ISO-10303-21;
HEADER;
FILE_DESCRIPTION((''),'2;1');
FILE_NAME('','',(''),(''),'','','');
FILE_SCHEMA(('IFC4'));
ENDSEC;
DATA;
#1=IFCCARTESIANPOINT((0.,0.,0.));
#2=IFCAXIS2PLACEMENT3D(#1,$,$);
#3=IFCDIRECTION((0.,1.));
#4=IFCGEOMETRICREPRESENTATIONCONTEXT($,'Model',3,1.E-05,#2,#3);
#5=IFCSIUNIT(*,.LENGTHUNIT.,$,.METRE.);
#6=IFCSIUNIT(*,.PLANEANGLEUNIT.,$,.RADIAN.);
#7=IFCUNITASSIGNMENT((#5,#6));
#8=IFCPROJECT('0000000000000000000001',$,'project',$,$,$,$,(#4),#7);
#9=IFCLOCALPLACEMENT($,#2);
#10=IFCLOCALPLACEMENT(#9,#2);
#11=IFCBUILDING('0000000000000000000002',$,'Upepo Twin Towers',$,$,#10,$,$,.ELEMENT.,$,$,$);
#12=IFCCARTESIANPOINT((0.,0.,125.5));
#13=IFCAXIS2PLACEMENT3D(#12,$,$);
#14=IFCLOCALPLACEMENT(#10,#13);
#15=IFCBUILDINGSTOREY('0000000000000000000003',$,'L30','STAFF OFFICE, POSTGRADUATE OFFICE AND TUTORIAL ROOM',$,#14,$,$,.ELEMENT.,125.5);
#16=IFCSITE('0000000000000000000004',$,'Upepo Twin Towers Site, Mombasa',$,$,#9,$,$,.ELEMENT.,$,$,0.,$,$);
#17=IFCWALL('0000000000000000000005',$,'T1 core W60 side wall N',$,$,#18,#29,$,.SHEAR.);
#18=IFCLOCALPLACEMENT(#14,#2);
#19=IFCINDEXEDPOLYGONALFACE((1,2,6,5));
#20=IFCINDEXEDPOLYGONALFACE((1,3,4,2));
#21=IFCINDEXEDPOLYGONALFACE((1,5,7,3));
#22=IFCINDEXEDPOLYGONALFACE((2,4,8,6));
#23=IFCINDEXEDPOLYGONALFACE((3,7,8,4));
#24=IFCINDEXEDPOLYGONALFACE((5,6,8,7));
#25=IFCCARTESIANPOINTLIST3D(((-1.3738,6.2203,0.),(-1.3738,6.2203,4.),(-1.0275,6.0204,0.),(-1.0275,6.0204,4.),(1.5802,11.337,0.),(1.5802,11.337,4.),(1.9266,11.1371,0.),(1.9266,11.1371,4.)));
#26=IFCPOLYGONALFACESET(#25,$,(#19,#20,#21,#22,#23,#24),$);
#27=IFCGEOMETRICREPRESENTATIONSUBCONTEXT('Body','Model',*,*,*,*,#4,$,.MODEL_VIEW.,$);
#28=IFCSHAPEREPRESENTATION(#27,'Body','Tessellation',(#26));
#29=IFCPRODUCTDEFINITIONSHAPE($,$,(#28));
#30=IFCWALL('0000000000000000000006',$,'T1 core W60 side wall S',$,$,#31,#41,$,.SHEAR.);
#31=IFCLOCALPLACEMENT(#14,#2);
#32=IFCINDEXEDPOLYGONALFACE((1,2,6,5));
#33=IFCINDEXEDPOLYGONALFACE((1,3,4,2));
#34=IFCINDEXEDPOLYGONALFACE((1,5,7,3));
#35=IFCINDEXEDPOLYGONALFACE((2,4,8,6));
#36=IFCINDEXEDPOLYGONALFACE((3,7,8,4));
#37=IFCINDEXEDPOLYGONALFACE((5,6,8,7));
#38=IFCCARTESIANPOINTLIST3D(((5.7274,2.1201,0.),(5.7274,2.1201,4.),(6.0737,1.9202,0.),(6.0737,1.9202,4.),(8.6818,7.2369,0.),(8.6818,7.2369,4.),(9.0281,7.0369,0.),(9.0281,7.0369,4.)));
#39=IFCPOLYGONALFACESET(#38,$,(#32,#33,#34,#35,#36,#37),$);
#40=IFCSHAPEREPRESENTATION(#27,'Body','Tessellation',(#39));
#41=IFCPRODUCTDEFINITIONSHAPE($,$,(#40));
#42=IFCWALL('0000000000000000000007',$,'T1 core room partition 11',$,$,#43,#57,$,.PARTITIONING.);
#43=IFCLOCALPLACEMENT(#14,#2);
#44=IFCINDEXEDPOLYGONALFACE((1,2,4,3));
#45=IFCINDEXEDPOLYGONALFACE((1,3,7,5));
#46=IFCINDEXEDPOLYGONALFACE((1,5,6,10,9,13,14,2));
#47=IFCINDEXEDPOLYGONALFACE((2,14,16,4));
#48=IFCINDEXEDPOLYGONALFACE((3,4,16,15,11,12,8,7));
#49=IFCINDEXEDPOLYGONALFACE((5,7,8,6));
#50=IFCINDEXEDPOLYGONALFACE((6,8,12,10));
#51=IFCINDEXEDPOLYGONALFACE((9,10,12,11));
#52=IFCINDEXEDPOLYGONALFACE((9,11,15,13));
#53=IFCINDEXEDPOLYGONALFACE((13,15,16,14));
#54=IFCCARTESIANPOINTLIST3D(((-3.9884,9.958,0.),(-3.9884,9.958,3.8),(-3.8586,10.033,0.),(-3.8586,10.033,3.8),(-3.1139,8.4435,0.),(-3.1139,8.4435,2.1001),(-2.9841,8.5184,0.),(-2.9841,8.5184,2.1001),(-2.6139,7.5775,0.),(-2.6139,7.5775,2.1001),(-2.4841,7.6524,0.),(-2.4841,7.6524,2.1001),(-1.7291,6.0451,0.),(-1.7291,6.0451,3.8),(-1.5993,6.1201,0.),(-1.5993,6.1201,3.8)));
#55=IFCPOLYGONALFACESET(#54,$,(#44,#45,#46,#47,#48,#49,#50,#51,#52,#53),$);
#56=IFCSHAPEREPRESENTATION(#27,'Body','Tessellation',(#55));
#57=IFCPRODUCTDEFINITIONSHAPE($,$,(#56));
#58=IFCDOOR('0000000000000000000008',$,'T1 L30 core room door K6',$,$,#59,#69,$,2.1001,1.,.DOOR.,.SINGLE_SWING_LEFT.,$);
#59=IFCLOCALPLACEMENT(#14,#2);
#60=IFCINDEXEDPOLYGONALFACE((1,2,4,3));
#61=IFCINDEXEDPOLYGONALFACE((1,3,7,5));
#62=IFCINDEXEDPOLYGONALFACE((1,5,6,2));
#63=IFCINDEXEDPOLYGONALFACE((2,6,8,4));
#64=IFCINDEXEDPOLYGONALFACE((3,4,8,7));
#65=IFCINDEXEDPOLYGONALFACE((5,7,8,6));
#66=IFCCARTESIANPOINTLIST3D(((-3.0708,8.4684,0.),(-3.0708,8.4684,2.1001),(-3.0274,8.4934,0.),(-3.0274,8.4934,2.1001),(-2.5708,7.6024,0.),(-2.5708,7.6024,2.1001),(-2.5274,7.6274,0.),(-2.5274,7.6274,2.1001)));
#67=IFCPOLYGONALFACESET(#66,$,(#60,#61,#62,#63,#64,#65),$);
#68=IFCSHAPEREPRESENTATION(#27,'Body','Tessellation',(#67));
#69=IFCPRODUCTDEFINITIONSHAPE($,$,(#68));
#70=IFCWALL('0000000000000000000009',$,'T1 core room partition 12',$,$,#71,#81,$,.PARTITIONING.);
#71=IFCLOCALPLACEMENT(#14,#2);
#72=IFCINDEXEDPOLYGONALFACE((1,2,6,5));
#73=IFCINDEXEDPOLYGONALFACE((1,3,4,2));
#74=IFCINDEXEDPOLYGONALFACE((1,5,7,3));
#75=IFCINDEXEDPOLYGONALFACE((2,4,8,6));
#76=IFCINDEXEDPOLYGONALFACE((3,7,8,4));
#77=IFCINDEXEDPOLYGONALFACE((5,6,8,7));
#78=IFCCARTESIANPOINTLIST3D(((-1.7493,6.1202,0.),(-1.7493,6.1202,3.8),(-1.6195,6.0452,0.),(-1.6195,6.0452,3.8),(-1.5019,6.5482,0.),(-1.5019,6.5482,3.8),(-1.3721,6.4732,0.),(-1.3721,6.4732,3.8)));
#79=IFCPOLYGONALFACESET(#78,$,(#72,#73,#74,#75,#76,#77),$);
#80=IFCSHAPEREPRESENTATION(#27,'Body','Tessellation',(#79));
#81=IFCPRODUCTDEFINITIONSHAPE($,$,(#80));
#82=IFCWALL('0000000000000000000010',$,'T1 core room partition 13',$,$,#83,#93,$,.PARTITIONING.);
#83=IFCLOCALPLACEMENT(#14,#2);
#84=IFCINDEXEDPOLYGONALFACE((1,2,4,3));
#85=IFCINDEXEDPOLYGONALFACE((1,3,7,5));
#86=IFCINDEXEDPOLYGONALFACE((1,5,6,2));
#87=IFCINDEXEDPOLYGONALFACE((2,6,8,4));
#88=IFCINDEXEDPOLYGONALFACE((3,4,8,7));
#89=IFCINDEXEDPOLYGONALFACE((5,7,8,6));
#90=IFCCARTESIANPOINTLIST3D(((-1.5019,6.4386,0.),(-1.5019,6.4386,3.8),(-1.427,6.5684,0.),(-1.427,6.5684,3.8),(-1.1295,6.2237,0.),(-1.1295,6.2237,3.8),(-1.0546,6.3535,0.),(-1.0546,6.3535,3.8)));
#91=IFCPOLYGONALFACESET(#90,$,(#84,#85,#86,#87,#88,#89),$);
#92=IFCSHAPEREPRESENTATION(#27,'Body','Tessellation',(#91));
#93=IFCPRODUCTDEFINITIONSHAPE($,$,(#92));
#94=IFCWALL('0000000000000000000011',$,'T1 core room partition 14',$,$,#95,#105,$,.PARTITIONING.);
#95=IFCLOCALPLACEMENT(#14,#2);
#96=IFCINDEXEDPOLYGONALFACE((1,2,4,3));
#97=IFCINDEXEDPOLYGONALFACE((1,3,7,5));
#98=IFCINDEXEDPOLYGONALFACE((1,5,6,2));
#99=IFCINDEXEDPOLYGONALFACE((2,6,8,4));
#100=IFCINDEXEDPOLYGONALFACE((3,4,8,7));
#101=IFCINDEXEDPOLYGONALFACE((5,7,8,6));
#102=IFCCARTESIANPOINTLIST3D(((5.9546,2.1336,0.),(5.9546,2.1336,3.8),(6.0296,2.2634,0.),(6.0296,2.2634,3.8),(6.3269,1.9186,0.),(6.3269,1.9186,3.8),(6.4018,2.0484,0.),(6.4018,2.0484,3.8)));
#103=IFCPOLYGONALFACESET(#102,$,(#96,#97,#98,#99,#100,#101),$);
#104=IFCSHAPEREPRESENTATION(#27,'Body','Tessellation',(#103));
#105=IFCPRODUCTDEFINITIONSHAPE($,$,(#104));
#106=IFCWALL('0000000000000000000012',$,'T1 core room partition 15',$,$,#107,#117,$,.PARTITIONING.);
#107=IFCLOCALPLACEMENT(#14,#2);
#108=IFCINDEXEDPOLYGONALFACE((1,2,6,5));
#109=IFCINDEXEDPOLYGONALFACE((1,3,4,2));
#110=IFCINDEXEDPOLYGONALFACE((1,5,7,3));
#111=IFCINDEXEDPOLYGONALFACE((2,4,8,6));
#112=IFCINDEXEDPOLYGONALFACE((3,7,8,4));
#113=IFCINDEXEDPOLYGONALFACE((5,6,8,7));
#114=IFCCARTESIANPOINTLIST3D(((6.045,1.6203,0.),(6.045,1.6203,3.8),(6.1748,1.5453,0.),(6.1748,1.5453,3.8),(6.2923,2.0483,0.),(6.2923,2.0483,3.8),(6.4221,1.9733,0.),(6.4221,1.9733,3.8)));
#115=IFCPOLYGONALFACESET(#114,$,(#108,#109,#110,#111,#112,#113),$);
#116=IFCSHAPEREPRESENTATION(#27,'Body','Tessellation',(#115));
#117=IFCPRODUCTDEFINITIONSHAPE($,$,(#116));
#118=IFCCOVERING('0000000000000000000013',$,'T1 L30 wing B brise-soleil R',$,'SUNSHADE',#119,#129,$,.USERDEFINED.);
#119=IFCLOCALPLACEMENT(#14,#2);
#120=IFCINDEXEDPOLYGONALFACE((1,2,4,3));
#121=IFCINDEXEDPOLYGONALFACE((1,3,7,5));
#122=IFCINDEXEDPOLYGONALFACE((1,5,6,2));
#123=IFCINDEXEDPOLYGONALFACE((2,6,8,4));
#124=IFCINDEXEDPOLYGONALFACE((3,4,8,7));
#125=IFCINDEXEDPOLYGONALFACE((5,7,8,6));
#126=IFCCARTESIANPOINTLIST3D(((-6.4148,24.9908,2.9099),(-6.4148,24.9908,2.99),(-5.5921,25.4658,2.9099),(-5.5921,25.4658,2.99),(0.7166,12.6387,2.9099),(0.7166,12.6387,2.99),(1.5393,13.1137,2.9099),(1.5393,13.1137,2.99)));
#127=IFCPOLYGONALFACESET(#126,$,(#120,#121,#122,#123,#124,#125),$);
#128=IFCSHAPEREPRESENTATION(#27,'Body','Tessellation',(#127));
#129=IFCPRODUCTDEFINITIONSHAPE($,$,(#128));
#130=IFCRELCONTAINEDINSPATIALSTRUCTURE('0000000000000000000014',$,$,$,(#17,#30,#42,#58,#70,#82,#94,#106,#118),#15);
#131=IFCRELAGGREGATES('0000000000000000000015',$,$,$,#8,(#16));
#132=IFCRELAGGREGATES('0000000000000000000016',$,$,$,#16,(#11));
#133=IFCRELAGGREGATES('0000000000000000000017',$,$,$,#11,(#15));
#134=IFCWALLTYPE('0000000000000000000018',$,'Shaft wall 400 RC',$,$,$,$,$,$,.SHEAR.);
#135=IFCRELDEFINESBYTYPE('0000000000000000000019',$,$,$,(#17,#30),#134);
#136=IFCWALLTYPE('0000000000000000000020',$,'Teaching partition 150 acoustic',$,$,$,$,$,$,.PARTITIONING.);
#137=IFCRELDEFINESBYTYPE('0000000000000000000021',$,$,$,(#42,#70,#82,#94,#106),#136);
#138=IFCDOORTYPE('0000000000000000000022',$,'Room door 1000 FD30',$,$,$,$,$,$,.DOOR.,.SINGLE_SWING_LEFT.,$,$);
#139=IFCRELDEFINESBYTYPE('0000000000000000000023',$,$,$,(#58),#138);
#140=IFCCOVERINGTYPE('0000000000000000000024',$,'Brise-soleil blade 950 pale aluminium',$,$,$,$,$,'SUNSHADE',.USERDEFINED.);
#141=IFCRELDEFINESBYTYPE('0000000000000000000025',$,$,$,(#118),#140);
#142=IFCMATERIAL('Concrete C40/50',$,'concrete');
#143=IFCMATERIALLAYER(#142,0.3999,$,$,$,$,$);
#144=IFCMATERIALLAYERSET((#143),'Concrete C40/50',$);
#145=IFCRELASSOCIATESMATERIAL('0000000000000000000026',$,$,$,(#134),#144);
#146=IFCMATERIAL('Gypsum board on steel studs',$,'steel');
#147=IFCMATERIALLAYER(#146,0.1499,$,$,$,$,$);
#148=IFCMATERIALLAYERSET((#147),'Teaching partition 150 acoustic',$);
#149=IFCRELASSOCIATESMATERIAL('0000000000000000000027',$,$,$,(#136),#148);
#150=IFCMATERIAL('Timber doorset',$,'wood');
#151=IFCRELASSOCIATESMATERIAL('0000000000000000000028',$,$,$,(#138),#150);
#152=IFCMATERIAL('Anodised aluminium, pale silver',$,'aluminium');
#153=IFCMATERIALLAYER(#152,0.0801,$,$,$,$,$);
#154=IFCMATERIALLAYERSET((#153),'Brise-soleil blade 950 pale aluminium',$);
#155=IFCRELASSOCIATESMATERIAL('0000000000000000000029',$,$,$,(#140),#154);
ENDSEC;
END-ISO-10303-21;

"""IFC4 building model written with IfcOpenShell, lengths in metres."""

from ifc_helpers import new_model, si_unit, direction, frame, frame_2d, origin, origin_2d, place, context, subcontext, project, spatial, rectangle, extrude, material, layer, layer_set, type_object, element, fill, save


model = new_model("IFC4")

# Units and contexts
model_context = context("Model", 3, precision=1e-05, world=origin(), true_north=direction((0.0, 1.0)))
body_context = subcontext(model_context, "Body", "Model", "MODEL_VIEW")
ifc_project = project(units=[si_unit("LENGTHUNIT", "METRE"), si_unit("PLANEANGLEUNIT", "RADIAN")], contexts=[model_context])

# Site, building, storey
site_placement = place(None, origin())
site = spatial("IfcSite", under=ifc_project, at=site_placement, Name="Upepo Twin Towers Site, Mombasa", CompositionType="ELEMENT", RefElevation=0.0)
building_placement = place(site_placement, origin())
building = spatial("IfcBuilding", under=site, at=building_placement, Name="Upepo Twin Towers", CompositionType="ELEMENT")
storey_placement = place(building_placement, frame((0.0, 0.0, 125.5)))
storey = spatial("IfcBuildingStorey", under=building, at=storey_placement, Name="L30", Description="STAFF OFFICE, POSTGRADUATE OFFICE AND TUTORIAL ROOM", CompositionType="ELEMENT", Elevation=125.5)

# Walls
ifc_material_1 = material(Name="Concrete C40/50", Category="concrete")
ifc_layer_1 = layer(ifc_material_1, 0.3999)
ifc_layer_set_1 = layer_set([ifc_layer_1], Name="Concrete C40/50")
wall_type_1 = type_object("IfcWallType", Name="Shaft wall 400 RC", PredefinedType="SHEAR", material=ifc_layer_set_1)
wall_1_placement = place(storey_placement, frame((-1.2007, 6.1204, 0.0), z_axis=(0.0, 0.0, 1.0), x_axis=(0.499997, 0.866027, 0.0)))
element("IfcWall", 1, at=wall_1_placement, inside=storey, type_object=wall_type_1, Name="T1 core W60 side wall N", PredefinedType="SHEAR", context=body_context, shape_type="SweptSolid", body=[
    extrude(rectangle(XDim=5.9082, YDim=0.3999, at=frame_2d((2.9541, 0.0))), origin(), (0.0, 0.0, 1.0), 4.0),
])
wall_2_placement = place(storey_placement, frame((5.9006, 2.0203, 0.0), z_axis=(0.0, 0.0, 1.0), x_axis=(0.500028, 0.866009, 0.0)))
element("IfcWall", 2, at=wall_2_placement, inside=storey, type_object=wall_type_1, Name="T1 core W60 side wall S", PredefinedType="SHEAR", context=body_context, shape_type="SweptSolid", body=[
    extrude(rectangle(XDim=5.9084, YDim=0.3999, at=frame_2d((2.9541, 0.0))), origin(), (0.0, 0.0, 1.0), 4.0),
])

# Wall, opening, door
ifc_material_2 = material(Name="Gypsum board on steel studs", Category="steel")
ifc_layer_2 = layer(ifc_material_2, 0.1499)
ifc_layer_set_2 = layer_set([ifc_layer_2], Name="Teaching partition 150 acoustic")
wall_type_2 = type_object("IfcWallType", Name="Teaching partition 150 acoustic", PredefinedType="PARTITIONING", material=ifc_layer_set_2)
wall_3_placement = place(storey_placement, frame((-3.9236, 9.9956, 0.0), z_axis=(0.0, 0.0, 1.0), x_axis=(0.500033, -0.866007, 0.0)))
wall_3 = element("IfcWall", 3, at=wall_3_placement, inside=storey, type_object=wall_type_2, Name="T1 core room partition 11", PredefinedType="PARTITIONING", context=body_context, shape_type="SweptSolid", body=[
    extrude(rectangle(XDim=4.5183, YDim=0.1499, at=frame_2d((2.2593, 0.0))), origin(), (0.0, 0.0, 1.0), 3.8),
])
opening_1_placement = place(wall_3_placement, frame((1.749, 0.0, 0.0)))
opening_1 = element("IfcOpeningElement", 4, at=opening_1_placement, cuts=wall_3, PredefinedType="OPENING", context=body_context, shape_type="SweptSolid", body=[
    extrude(rectangle(XDim=1.0, YDim=2.1001, at=frame_2d((0.5, 1.05))), frame((0.0, 0.085, 0.0), z_axis=(0.0, -1.0, 0.0), x_axis=(1.0, 0.0, 0.0)), (0.0, 0.0, 1.0), 0.1699),
])
ifc_material_3 = material(Name="Timber doorset", Category="wood")
door_type_1 = type_object("IfcDoorType", Name="Room door 1000 FD30", OperationType="SINGLE_SWING_LEFT", PredefinedType="DOOR", material=ifc_material_3)
door_1_placement = place(opening_1_placement, origin())
door_1 = element("IfcDoor", 5, at=door_1_placement, inside=storey, type_object=door_type_1, Name="T1 L30 core room door K6", OperationType="SINGLE_SWING_LEFT", OverallHeight=2.1001, OverallWidth=1.0, PredefinedType="DOOR", context=body_context, shape_type="SweptSolid", body=[
    extrude(rectangle(XDim=1.0, YDim=2.1001, at=frame_2d((0.5, 1.05))), frame((0.0, 0.0249, 0.0), z_axis=(0.0, -1.0, 0.0), x_axis=(1.0, 0.0, 0.0)), (0.0, 0.0, 1.0), 0.05),
])
fill(opening_1, door_1)

# Walls
wall_4_placement = place(storey_placement, frame((-1.6843, 6.0828, 0.0), z_axis=(0.0, 0.0, 1.0), x_axis=(0.500335, 0.865832, 0.0)))
element("IfcWall", 6, at=wall_4_placement, inside=storey, type_object=wall_type_2, Name="T1 core room partition 12", PredefinedType="PARTITIONING", context=body_context, shape_type="SweptSolid", body=[
    extrude(rectangle(XDim=0.4944, YDim=0.1499, at=frame_2d((0.2471, 0.0))), origin(), (0.0, 0.0, 1.0), 3.8),
])
for number, where, z_axis, x_axis, name in (
    (7, (-1.4644, 6.5034, 0.0), (0.0, 0.0, 1.0), (0.866138, -0.499804, 0.0), "T1 core room partition 13"),
    (8, (5.9922, 2.1985, 0.0), (0.0, 0.0, 1.0), (0.865892, -0.50023, 0.0), "T1 core room partition 14"),
):
    element("IfcWall", number, at=place(storey_placement, frame(where, z_axis=z_axis, x_axis=x_axis)), inside=storey, type_object=wall_type_2, Name=name, PredefinedType="PARTITIONING", context=body_context, shape_type="SweptSolid", body=[
        extrude(rectangle(XDim=0.4299, YDim=0.1499, at=frame_2d((0.2148, 0.0))), origin(), (0.0, 0.0, 1.0), 3.8),
    ])
wall_5_placement = place(storey_placement, frame((6.3572, 2.0107, 0.0), z_axis=(0.0, 0.0, 1.0), x_axis=(-0.500335, -0.865832, 0.0)))
element("IfcWall", 9, at=wall_5_placement, inside=storey, type_object=wall_type_2, Name="T1 core room partition 15", PredefinedType="PARTITIONING", context=body_context, shape_type="SweptSolid", body=[
    extrude(rectangle(XDim=0.4944, YDim=0.1499, at=frame_2d((0.2471, 0.0))), origin(), (0.0, 0.0, 1.0), 3.8),
])

# Covering
ifc_material_4 = material(Name="Anodised aluminium, pale silver", Category="aluminium")
ifc_layer_3 = layer(ifc_material_4, 0.0801)
ifc_layer_set_3 = layer_set([ifc_layer_3], Name="Brise-soleil blade 950 pale aluminium")
covering_type = type_object("IfcCoveringType", Name="Brise-soleil blade 950 pale aluminium", ElementType="SUNSHADE", PredefinedType="USERDEFINED", material=ifc_layer_set_3)
covering_placement = place(storey_placement, frame((-2.4377, 19.0522, 2.9099), z_axis=(0.0, 0.0, 1.0), x_axis=(-0.5, 0.866025, 0.0)))
element("IfcCovering", 10, at=covering_placement, inside=storey, type_object=covering_type, Name="T1 L30 wing B brise-soleil R", ObjectType="SUNSHADE", PredefinedType="USERDEFINED", context=body_context, shape_type="SweptSolid", body=[
    extrude(rectangle(XDim=14.2629, YDim=0.95, at=origin_2d()), origin(), (0.0, 0.0, 1.0), 0.0801),
])

save(model, "model.ifc")
